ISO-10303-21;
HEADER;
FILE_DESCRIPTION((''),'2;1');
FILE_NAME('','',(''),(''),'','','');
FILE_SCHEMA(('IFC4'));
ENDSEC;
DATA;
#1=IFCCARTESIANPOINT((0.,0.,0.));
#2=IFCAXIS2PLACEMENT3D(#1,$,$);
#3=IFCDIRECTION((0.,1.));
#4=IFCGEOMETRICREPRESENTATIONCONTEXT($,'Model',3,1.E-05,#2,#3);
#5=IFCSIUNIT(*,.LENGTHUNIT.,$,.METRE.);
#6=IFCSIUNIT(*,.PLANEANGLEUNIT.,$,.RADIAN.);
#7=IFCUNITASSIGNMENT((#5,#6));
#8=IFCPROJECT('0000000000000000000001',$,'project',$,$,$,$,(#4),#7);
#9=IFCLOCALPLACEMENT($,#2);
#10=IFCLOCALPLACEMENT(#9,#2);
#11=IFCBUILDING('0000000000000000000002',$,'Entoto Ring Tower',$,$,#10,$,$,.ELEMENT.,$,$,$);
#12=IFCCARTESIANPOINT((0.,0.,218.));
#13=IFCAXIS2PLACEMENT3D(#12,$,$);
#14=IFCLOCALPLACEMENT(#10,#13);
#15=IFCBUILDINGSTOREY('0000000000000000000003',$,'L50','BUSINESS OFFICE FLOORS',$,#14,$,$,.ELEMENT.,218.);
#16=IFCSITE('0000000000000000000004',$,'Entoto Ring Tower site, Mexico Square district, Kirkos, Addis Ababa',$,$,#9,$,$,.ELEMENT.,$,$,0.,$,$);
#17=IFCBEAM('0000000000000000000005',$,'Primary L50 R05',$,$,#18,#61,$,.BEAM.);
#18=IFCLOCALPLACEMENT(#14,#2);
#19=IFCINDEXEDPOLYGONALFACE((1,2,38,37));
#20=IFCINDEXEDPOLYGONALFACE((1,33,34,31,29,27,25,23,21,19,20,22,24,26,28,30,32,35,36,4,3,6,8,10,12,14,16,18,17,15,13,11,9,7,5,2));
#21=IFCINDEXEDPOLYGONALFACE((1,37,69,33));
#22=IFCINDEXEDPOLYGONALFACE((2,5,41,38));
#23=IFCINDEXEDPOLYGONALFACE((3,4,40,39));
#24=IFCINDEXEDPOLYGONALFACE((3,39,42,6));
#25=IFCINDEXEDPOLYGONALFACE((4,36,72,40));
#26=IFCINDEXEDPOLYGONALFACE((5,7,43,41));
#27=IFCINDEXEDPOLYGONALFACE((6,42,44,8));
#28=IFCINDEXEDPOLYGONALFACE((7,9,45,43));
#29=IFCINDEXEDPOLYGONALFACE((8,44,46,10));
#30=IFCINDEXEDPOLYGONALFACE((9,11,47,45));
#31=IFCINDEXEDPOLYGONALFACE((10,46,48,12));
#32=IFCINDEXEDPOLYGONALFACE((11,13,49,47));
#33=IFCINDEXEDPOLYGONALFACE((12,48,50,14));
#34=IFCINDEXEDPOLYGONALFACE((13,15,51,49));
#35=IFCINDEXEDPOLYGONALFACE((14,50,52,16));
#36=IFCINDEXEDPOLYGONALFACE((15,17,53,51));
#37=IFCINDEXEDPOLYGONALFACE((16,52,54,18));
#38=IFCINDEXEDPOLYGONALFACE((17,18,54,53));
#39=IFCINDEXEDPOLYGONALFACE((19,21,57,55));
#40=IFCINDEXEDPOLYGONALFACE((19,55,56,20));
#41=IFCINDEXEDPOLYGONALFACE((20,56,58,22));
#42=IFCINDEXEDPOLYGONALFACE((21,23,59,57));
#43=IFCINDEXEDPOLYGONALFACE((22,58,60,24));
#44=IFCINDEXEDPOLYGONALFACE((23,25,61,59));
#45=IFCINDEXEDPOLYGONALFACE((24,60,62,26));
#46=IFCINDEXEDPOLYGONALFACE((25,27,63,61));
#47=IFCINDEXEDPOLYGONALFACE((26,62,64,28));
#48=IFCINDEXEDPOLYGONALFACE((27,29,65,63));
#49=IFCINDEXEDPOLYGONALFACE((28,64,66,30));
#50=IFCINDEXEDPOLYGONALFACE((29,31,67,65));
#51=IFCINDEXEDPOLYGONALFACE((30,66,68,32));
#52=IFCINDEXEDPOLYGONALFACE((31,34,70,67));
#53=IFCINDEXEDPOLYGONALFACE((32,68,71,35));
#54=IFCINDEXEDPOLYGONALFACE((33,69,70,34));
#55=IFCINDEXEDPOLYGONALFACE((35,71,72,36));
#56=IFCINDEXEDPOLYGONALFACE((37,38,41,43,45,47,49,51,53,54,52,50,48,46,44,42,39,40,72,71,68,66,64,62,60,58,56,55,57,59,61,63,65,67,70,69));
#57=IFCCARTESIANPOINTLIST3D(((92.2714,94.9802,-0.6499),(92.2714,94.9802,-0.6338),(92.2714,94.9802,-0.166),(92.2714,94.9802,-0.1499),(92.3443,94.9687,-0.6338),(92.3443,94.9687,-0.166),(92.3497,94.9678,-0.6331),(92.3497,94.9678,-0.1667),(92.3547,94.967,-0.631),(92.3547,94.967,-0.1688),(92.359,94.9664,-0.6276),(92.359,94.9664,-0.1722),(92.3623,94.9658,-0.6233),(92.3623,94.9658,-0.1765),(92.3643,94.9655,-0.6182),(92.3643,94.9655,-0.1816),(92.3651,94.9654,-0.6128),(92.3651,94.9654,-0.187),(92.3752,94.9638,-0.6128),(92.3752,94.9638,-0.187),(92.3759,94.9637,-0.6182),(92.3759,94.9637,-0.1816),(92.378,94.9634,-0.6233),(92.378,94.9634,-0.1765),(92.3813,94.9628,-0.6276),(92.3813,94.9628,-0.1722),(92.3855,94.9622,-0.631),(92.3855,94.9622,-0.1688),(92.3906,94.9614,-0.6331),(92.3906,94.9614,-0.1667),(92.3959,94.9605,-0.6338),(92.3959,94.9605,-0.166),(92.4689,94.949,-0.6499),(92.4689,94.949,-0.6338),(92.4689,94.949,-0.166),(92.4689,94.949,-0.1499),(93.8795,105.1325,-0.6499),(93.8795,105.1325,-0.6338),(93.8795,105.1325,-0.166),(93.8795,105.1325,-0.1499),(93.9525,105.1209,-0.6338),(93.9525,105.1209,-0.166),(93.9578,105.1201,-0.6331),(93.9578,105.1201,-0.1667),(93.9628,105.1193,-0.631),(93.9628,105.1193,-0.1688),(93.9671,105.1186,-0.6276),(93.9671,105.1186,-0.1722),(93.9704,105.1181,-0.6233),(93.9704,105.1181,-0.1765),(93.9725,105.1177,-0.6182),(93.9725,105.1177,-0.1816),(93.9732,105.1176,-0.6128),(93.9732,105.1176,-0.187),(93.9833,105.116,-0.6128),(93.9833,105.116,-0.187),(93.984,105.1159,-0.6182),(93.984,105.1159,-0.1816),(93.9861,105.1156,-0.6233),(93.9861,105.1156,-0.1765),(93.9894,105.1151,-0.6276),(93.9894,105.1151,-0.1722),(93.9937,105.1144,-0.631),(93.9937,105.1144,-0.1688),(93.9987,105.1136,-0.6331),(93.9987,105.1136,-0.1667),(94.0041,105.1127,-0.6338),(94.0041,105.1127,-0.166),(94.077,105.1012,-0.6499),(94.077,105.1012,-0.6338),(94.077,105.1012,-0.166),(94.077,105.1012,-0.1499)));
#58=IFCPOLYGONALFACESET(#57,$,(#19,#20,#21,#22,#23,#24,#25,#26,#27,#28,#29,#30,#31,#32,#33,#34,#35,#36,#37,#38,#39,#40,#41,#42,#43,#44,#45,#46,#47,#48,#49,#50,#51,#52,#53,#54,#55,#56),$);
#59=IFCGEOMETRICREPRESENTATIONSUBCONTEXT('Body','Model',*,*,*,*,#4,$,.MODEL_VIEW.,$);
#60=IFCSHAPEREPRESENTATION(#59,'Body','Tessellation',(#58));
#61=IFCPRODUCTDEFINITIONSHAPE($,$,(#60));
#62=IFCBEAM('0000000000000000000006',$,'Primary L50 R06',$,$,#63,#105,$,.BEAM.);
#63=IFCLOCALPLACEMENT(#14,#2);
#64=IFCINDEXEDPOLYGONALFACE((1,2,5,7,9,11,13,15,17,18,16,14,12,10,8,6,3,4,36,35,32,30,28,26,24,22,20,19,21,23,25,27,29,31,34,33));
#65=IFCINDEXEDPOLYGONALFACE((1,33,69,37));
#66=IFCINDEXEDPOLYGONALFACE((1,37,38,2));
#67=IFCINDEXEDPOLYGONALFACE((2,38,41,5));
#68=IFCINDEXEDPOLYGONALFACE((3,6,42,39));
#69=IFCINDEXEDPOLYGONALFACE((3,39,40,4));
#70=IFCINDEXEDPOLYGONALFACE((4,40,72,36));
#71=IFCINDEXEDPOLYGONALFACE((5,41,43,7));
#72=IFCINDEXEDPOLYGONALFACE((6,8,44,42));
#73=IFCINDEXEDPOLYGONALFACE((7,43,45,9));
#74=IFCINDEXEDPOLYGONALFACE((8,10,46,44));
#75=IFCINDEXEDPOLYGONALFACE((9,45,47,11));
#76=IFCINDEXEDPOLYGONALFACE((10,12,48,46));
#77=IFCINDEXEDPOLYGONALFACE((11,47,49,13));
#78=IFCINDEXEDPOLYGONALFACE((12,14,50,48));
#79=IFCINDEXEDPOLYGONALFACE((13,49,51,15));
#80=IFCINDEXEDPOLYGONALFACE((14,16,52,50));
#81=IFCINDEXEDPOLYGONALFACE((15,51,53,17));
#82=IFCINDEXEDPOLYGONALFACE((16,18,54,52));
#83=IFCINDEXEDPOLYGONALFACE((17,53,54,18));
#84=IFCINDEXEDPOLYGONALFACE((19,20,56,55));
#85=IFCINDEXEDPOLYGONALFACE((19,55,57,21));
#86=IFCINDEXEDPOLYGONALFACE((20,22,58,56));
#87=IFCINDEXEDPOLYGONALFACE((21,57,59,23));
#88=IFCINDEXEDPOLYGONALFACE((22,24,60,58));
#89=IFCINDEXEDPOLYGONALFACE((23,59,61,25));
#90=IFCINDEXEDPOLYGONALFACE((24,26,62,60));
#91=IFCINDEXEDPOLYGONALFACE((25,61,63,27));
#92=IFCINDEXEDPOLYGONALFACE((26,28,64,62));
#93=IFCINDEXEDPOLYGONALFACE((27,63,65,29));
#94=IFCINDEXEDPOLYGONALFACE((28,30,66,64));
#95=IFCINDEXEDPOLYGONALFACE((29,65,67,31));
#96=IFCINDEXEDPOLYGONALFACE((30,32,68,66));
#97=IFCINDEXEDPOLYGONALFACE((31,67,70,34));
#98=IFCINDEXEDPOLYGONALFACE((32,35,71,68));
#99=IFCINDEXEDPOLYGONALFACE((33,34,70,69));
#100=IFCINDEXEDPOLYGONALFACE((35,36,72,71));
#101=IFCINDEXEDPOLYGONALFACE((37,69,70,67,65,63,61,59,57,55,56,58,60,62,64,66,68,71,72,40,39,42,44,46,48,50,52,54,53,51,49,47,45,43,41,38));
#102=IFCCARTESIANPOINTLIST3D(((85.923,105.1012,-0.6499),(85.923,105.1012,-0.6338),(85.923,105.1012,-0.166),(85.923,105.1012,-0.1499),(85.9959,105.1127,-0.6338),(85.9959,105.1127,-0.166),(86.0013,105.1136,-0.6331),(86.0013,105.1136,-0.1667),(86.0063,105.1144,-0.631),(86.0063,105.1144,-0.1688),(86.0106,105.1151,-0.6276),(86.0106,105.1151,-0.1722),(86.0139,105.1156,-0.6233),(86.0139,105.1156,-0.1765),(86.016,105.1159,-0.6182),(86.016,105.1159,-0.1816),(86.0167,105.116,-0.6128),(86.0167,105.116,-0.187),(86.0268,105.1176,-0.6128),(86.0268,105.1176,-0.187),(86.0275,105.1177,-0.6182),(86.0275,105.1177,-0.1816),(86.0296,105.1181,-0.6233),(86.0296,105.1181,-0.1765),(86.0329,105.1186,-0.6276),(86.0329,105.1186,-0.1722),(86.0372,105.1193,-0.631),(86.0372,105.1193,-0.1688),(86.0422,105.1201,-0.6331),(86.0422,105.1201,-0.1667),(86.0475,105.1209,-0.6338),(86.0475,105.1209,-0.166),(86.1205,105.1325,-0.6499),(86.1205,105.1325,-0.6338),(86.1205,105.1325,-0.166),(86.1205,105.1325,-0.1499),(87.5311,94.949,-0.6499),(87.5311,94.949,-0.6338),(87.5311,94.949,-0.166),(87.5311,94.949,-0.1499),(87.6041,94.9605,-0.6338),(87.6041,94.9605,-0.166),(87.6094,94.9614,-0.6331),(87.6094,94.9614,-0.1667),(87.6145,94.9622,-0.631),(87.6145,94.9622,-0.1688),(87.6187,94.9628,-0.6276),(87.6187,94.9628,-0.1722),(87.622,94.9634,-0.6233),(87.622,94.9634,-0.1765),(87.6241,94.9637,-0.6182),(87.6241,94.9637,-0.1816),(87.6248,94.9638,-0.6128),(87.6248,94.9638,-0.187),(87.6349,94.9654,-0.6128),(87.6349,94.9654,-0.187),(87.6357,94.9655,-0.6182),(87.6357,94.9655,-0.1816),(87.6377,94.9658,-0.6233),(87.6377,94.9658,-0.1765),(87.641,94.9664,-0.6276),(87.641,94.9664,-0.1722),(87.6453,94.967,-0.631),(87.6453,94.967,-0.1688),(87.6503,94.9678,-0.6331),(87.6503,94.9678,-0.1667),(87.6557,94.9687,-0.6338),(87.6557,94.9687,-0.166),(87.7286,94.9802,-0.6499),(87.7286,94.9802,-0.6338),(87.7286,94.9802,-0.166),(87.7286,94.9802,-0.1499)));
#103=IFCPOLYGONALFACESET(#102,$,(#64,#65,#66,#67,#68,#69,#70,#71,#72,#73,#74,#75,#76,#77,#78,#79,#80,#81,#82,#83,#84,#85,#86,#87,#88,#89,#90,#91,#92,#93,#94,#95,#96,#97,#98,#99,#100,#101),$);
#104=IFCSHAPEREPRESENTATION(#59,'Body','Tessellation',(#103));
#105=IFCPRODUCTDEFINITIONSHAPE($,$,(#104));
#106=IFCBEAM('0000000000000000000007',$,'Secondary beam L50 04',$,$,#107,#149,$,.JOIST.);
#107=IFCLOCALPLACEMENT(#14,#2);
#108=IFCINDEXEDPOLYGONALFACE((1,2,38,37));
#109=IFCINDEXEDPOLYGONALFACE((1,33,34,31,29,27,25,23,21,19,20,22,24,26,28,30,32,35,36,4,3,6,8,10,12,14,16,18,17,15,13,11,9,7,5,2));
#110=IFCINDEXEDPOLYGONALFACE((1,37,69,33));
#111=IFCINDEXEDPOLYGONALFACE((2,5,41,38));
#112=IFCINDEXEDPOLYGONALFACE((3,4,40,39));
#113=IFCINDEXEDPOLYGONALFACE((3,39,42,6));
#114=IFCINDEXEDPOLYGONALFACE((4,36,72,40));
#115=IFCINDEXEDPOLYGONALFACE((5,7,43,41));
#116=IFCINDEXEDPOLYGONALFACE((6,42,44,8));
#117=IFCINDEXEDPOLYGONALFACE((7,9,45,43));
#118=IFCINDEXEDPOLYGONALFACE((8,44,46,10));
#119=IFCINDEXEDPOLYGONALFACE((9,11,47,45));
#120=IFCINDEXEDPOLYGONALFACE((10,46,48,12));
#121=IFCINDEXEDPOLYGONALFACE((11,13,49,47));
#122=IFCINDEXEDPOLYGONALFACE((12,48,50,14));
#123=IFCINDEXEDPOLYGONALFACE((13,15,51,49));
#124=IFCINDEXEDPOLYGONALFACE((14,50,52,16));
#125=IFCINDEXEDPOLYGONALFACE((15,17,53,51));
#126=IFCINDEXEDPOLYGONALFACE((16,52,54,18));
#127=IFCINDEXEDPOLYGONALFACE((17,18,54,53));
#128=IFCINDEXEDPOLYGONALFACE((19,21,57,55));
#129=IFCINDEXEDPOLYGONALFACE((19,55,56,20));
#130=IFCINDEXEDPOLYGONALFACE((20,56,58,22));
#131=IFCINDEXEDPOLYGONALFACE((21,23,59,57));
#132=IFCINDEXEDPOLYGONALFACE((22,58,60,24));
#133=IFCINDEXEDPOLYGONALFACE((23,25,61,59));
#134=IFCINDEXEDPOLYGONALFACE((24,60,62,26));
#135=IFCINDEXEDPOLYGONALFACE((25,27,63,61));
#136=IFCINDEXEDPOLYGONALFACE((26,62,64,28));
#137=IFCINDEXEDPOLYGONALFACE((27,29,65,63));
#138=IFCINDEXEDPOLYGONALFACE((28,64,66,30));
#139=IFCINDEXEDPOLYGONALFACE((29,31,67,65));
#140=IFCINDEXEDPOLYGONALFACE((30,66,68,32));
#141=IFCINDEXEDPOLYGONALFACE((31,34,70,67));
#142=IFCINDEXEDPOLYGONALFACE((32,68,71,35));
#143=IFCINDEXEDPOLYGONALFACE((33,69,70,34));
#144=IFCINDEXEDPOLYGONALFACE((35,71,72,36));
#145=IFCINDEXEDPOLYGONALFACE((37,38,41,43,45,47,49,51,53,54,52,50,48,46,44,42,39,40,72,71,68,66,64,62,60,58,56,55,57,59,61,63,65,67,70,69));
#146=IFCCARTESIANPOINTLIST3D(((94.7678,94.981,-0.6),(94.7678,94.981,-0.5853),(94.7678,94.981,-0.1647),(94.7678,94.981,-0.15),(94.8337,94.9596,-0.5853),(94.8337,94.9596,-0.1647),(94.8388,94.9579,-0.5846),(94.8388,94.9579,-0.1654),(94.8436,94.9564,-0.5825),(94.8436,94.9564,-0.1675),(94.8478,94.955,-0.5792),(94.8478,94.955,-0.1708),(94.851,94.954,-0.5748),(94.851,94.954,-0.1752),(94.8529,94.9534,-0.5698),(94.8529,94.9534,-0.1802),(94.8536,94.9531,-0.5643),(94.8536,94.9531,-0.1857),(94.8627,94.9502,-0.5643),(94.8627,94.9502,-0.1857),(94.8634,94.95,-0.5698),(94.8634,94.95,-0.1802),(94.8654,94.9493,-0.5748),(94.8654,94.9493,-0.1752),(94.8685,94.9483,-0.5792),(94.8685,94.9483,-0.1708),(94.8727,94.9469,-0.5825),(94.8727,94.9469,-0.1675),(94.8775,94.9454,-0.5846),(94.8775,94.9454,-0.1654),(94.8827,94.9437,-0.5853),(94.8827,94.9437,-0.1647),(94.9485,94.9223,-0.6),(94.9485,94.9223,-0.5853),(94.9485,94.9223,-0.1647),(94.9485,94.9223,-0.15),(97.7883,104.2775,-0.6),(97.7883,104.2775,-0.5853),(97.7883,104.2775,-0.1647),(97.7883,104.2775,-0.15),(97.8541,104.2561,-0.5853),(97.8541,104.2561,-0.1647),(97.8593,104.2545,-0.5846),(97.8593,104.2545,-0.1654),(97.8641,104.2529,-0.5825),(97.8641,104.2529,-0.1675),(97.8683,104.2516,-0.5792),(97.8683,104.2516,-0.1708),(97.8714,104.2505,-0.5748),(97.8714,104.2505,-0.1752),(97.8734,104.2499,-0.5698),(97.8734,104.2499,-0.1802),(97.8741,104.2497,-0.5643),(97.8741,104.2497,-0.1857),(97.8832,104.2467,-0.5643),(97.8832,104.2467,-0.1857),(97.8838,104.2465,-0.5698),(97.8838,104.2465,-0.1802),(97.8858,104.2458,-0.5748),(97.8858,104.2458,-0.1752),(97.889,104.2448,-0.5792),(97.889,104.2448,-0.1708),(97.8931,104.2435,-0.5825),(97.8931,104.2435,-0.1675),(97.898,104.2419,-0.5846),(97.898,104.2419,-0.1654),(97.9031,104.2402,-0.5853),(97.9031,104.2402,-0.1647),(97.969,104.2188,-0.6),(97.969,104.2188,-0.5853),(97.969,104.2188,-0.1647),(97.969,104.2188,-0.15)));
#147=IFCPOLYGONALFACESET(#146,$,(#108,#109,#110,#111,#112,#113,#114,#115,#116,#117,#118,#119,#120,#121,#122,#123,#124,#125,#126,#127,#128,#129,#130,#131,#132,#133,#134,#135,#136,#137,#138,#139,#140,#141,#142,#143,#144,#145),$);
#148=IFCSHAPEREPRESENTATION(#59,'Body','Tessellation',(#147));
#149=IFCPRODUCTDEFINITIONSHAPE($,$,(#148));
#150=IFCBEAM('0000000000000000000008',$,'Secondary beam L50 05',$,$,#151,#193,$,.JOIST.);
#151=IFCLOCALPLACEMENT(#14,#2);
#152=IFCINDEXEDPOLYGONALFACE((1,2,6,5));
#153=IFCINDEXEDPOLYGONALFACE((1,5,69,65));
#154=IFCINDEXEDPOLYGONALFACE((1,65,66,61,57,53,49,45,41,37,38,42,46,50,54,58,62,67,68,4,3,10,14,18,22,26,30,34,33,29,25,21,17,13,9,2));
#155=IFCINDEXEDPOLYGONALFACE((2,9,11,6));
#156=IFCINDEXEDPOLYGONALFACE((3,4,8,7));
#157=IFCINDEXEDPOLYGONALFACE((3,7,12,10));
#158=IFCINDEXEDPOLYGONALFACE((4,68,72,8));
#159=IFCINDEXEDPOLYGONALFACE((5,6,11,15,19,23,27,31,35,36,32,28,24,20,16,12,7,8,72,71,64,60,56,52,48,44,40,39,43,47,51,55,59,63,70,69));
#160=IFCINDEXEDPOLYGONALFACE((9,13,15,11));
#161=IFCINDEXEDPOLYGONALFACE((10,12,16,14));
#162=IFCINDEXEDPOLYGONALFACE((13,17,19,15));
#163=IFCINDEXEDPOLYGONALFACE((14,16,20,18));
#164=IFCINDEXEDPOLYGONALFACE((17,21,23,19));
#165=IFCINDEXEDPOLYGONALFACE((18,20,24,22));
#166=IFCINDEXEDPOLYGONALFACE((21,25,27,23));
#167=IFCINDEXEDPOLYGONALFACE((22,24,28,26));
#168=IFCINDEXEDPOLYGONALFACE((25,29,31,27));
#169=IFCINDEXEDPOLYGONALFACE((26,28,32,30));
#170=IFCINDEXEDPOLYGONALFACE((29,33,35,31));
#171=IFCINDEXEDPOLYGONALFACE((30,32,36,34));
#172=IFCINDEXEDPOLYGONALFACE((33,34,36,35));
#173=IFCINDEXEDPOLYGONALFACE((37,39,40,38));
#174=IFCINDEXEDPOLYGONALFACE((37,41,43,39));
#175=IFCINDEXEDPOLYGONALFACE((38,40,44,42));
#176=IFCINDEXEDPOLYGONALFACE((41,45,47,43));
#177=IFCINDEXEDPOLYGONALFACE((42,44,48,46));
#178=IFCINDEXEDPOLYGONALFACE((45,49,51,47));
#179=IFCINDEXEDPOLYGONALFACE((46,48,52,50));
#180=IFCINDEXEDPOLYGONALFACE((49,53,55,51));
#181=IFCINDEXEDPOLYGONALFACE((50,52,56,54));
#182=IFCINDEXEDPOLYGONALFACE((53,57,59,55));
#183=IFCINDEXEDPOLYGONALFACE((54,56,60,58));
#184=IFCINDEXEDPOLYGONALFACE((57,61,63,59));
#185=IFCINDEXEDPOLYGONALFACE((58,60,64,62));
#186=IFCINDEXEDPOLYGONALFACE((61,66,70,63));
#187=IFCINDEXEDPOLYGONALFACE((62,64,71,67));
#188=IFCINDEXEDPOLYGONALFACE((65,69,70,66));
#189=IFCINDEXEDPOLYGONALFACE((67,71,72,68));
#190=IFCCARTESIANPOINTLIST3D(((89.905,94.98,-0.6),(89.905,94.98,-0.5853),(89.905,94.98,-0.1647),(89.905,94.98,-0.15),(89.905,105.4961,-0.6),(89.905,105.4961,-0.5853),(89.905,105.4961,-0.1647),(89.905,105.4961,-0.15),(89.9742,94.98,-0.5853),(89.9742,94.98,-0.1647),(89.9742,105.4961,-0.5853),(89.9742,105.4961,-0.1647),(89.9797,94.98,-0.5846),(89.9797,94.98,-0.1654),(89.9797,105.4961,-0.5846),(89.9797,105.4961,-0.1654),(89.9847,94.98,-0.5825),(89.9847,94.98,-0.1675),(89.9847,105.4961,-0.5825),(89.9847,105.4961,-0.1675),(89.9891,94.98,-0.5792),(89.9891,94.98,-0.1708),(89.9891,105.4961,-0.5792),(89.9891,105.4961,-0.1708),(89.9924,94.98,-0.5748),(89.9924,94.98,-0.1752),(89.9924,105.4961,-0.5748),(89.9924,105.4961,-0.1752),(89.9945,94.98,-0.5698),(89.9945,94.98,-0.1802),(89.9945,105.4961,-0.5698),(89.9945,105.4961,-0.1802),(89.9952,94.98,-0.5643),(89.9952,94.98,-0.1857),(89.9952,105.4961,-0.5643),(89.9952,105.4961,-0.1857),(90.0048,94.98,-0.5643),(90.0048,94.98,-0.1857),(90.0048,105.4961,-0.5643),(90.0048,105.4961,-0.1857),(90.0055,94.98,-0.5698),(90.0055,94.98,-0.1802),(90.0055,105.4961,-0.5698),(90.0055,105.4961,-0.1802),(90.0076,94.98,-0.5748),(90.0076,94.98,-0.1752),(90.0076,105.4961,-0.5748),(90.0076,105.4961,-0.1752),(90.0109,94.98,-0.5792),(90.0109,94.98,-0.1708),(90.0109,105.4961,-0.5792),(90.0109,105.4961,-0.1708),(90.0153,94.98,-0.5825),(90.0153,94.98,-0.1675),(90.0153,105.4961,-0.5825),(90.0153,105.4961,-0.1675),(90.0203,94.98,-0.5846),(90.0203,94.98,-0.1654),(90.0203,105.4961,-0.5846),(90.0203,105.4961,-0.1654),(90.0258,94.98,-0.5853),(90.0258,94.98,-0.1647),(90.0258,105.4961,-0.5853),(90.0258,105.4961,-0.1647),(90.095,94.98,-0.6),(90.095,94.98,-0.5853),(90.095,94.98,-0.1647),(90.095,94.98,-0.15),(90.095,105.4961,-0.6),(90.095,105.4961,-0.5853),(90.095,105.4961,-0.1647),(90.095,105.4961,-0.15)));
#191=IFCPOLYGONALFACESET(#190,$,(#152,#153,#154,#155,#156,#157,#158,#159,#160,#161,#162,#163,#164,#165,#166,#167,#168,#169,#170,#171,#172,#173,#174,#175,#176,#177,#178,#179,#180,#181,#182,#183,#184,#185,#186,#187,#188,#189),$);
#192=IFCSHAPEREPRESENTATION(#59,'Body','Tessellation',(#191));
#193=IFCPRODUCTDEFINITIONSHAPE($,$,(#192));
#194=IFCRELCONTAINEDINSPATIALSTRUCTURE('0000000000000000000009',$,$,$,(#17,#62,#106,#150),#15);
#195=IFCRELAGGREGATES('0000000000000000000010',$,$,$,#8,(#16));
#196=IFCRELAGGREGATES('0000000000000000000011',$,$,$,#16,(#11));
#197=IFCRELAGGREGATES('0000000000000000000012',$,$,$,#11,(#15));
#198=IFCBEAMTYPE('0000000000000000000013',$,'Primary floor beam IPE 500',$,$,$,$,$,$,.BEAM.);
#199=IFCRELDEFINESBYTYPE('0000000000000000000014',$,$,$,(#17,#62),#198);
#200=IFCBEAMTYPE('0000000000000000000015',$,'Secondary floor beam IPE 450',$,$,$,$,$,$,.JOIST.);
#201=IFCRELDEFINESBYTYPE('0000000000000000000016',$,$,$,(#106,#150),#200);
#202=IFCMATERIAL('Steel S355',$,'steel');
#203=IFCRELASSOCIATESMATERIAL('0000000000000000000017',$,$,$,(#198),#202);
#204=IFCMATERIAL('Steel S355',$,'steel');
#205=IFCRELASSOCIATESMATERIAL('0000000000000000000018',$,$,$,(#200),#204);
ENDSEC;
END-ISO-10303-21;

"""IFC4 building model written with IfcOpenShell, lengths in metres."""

from ifc_helpers import new_model, si_unit, direction, frame, origin, origin_2d, place, context, subcontext, project, spatial, i_section, extrude, material, material_profile, profile_set, type_object, element, save


model = new_model("IFC4")

# Units and contexts
model_context = context("Model", 3, precision=1e-05, world=origin(), true_north=direction((0.0, 1.0)))
body_context = subcontext(model_context, "Body", "Model", "MODEL_VIEW")
ifc_project = project(units=[si_unit("LENGTHUNIT", "METRE"), si_unit("PLANEANGLEUNIT", "RADIAN")], contexts=[model_context])

# Site, building, storey
site_placement = place(None, origin())
site = spatial("IfcSite", under=ifc_project, at=site_placement, Name="Entoto Ring Tower site, Mexico Square district, Kirkos, Addis Ababa", CompositionType="ELEMENT", RefElevation=0.0)
building_placement = place(site_placement, origin())
building = spatial("IfcBuilding", under=site, at=building_placement, Name="Entoto Ring Tower", CompositionType="ELEMENT")
storey_placement = place(building_placement, frame((0.0, 0.0, 218.0)))
storey = spatial("IfcBuildingStorey", under=building, at=storey_placement, Name="L50", Description="BUSINESS OFFICE FLOORS", CompositionType="ELEMENT", Elevation=218.0)

# Beams
ifc_material_1 = material(Name="Steel S355", Category="steel")
ifc_material_profile_1 = material_profile(ifc_material_1, i_section(OverallWidth=0.2, OverallDepth=0.5, WebThickness=0.0103, FlangeThickness=0.0161, FilletRadius=0.021, at=origin_2d()), Name="IPE 500")
ifc_profile_set_1 = profile_set([ifc_material_profile_1], Name="Steel S355")
beam_type_1 = type_object("IfcBeamType", Name="Primary floor beam IPE 500", PredefinedType="BEAM", material=ifc_profile_set_1)
for number, where, z_axis, x_axis, name in (
    (1, (92.3701, 94.9646, -0.3999), (0.156452, 0.987686, 0.0), (-0.987686, 0.156452, 0.0), "Primary L50 R05"),
    (2, (87.6299, 94.9646, -0.3999), (-0.156452, 0.987686, 0.0), (-0.987686, -0.156452, 0.0), "Primary L50 R06"),
):
    element("IfcBeam", number, at=place(storey_placement, frame(where, z_axis=z_axis, x_axis=x_axis)), inside=storey, type_object=beam_type_1, Name=name, PredefinedType="BEAM", context=body_context, shape_type="SweptSolid", body=[
        extrude(i_section(OverallWidth=0.2, OverallDepth=0.5, WebThickness=0.0103, FlangeThickness=0.0161, FilletRadius=0.021, at=origin_2d()), origin(), (0.0, 0.0, 1.0), 10.2788),
    ])
ifc_material_2 = material(Name="Steel S355", Category="steel")
ifc_material_profile_2 = material_profile(ifc_material_2, i_section(OverallWidth=0.1899, OverallDepth=0.45, WebThickness=0.0095, FlangeThickness=0.0146, FilletRadius=0.021, at=origin_2d()), Name="IPE 450")
ifc_profile_set_2 = profile_set([ifc_material_profile_2], Name="Steel S355")
beam_type_2 = type_object("IfcBeamType", Name="Secondary floor beam IPE 450", PredefinedType="JOIST", material=ifc_profile_set_2)
beam_1_placement = place(storey_placement, frame((94.8582, 94.9517, -0.375), z_axis=(0.309003, 0.951061, 0.0), x_axis=(-0.951061, 0.309003, 0.0)))
element("IfcBeam", 3, at=beam_1_placement, inside=storey, type_object=beam_type_2, Name="Secondary beam L50 04", PredefinedType="JOIST", context=body_context, shape_type="SweptSolid", body=[
    extrude(i_section(OverallWidth=0.1899, OverallDepth=0.45, WebThickness=0.0095, FlangeThickness=0.0146, FilletRadius=0.021, at=origin_2d()), origin(), (0.0, 0.0, 1.0), 9.7749),
])
beam_2_placement = place(storey_placement, frame((90.0, 94.98, -0.375), z_axis=(0.0, 1.0, 0.0), x_axis=(-1.0, 0.0, 0.0)))
element("IfcBeam", 4, at=beam_2_placement, inside=storey, type_object=beam_type_2, Name="Secondary beam L50 05", PredefinedType="JOIST", context=body_context, shape_type="SweptSolid", body=[
    extrude(i_section(OverallWidth=0.1899, OverallDepth=0.45, WebThickness=0.0095, FlangeThickness=0.0146, FilletRadius=0.021, at=origin_2d()), origin(), (0.0, 0.0, 1.0), 10.5161),
])

save(model, "model.ifc")
